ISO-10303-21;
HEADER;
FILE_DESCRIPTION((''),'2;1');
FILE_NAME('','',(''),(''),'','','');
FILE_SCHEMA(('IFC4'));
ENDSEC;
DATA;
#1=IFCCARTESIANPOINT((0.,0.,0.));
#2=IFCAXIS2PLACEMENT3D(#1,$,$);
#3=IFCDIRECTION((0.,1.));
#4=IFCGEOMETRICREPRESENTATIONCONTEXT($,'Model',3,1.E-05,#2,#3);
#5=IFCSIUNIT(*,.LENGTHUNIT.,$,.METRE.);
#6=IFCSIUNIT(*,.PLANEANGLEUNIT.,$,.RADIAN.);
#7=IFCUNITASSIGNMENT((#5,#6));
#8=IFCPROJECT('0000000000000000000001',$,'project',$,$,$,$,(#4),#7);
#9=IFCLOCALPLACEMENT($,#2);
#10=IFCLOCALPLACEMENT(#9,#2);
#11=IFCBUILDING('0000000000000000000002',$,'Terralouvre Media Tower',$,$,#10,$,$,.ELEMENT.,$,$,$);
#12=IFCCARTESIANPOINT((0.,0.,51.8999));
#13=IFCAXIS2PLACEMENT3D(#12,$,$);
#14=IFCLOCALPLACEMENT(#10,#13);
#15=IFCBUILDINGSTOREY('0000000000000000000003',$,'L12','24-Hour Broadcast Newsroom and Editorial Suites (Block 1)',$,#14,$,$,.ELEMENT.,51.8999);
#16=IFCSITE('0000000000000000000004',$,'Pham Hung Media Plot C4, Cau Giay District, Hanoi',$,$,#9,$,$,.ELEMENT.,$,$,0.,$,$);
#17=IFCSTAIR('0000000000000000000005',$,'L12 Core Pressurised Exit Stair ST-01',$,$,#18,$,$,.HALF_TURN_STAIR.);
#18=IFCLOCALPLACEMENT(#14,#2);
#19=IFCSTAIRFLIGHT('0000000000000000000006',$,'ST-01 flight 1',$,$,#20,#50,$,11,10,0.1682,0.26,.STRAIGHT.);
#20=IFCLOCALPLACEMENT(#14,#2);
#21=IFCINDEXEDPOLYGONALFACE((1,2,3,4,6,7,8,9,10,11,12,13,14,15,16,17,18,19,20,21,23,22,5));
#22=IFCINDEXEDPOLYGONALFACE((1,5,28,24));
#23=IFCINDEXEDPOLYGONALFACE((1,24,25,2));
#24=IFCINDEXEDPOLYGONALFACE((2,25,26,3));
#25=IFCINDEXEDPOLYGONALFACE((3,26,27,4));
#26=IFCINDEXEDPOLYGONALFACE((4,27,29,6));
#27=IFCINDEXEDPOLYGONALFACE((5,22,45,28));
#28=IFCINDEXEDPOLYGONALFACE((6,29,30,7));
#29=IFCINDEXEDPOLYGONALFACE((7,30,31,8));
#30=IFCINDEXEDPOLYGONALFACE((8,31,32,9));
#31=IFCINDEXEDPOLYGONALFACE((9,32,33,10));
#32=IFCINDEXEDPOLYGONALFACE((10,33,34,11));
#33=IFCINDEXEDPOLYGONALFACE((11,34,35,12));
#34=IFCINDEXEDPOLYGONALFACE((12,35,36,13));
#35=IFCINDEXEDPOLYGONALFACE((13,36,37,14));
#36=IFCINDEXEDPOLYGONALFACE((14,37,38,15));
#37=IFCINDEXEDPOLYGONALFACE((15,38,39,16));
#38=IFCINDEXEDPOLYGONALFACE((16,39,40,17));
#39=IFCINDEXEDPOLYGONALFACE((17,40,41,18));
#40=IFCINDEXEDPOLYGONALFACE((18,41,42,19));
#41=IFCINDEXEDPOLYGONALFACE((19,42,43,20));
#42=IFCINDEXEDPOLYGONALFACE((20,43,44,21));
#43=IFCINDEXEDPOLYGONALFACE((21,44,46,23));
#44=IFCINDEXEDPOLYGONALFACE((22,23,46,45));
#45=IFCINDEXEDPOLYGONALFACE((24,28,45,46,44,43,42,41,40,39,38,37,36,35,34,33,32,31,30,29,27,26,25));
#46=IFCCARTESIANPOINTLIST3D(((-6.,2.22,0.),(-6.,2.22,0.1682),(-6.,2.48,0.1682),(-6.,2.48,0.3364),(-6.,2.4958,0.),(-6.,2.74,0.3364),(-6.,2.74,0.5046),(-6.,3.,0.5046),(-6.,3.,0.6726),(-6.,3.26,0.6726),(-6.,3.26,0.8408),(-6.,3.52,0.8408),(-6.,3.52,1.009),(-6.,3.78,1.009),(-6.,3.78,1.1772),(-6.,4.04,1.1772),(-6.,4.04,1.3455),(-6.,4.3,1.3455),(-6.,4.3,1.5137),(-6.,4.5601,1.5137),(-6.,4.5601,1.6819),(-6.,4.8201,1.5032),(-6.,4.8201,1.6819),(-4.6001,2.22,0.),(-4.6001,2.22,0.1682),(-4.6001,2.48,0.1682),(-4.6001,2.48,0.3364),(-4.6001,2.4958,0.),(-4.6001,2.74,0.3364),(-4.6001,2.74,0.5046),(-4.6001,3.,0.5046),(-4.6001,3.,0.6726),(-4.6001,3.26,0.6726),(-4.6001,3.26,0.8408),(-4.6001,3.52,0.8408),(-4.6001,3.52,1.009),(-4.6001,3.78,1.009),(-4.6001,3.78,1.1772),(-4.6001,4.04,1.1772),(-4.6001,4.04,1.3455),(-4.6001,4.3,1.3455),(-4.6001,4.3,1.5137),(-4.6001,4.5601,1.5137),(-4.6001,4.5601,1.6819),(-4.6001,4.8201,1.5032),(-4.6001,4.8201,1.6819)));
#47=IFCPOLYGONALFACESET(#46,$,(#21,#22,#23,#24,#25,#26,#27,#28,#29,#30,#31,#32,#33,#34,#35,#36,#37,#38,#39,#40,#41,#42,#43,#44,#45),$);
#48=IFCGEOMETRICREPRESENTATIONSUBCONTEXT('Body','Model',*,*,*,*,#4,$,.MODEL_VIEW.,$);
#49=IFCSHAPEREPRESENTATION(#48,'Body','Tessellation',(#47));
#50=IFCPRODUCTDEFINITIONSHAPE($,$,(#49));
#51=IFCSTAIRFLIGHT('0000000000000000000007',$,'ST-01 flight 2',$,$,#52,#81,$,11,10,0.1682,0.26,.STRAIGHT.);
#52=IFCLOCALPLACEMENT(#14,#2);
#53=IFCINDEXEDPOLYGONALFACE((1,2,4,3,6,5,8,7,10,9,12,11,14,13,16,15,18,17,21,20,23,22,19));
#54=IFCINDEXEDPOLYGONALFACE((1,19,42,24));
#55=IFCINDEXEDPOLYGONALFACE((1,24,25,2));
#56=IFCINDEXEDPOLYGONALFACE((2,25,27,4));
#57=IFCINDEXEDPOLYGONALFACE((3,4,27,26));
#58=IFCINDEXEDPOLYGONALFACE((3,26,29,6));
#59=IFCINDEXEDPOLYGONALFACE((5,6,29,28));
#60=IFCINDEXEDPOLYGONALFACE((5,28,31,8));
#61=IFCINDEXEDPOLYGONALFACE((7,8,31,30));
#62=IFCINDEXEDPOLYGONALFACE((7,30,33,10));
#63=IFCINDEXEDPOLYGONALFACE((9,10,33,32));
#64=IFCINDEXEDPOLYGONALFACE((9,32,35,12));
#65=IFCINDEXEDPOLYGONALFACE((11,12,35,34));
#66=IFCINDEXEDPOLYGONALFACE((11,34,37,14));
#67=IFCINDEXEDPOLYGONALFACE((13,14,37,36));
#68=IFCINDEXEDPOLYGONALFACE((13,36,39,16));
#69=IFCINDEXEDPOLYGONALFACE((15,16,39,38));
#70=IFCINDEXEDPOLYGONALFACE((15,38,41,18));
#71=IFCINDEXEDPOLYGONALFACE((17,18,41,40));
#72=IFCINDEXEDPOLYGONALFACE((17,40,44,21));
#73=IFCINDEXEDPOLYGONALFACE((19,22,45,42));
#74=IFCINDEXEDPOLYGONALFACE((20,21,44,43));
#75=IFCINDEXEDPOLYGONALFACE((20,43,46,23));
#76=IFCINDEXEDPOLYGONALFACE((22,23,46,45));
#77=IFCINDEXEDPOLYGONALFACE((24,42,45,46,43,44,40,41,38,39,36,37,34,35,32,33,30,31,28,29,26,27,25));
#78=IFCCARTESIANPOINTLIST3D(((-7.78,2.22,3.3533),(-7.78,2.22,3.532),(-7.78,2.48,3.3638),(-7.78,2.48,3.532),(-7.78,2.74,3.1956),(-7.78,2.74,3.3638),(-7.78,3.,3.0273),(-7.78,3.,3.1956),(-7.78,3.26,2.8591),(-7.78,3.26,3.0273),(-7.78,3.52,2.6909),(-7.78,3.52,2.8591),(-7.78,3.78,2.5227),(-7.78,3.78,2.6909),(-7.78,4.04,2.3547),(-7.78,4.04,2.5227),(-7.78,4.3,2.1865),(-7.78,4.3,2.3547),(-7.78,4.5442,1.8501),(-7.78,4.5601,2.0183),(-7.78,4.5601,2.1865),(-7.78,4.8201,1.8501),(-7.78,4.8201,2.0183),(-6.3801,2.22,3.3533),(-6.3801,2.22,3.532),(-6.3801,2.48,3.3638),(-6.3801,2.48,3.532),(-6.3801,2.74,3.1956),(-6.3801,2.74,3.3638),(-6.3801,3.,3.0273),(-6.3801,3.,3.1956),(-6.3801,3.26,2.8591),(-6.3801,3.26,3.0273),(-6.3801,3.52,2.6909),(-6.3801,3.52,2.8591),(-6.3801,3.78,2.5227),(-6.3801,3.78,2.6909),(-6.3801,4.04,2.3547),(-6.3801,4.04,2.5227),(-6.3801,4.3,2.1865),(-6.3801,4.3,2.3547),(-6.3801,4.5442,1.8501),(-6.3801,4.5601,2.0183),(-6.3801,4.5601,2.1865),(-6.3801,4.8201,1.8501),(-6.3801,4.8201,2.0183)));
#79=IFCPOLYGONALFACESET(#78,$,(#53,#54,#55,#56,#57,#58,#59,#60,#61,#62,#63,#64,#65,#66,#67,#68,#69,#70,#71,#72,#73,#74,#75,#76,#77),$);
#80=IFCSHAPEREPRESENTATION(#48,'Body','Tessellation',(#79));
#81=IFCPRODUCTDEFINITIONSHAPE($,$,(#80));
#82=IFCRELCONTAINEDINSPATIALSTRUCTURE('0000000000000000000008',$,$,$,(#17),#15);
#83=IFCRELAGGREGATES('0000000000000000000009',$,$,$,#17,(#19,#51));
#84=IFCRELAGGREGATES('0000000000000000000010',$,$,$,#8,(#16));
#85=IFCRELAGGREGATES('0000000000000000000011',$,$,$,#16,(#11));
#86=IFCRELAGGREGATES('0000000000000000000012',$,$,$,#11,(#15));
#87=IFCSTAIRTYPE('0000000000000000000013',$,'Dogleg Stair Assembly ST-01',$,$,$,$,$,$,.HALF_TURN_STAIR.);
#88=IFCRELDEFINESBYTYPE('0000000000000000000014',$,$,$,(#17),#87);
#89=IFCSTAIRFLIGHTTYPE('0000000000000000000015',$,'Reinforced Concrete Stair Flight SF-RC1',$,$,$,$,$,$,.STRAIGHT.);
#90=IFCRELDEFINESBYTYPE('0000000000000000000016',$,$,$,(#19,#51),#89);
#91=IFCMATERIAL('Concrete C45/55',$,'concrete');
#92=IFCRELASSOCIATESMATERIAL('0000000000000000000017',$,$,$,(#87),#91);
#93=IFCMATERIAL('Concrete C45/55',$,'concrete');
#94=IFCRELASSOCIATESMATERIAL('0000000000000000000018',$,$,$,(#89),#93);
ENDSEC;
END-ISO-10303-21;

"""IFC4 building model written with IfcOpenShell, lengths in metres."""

from ifc_helpers import new_model, si_unit, direction, frame, origin, place, context, subcontext, project, spatial, polyline, outline, extrude, material, type_object, element, aggregate, save


model = new_model("IFC4")

# Units and contexts
model_context = context("Model", 3, precision=1e-05, world=origin(), true_north=direction((0.0, 1.0)))
body_context = subcontext(model_context, "Body", "Model", "MODEL_VIEW")
ifc_project = project(units=[si_unit("LENGTHUNIT", "METRE"), si_unit("PLANEANGLEUNIT", "RADIAN")], contexts=[model_context])

# Site, building, storey
site_placement = place(None, origin())
site = spatial("IfcSite", under=ifc_project, at=site_placement, Name="Pham Hung Media Plot C4, Cau Giay District, Hanoi", CompositionType="ELEMENT", RefElevation=0.0)
building_placement = place(site_placement, origin())
building = spatial("IfcBuilding", under=site, at=building_placement, Name="Terralouvre Media Tower", CompositionType="ELEMENT")
storey_placement = place(building_placement, frame((0.0, 0.0, 51.8999)))
storey = spatial("IfcBuildingStorey", under=building, at=storey_placement, Name="L12", Description="24-Hour Broadcast Newsroom and Editorial Suites (Block 1)", CompositionType="ELEMENT", Elevation=51.8999)

# Stair, stair flights
ifc_material_1 = material(Name="Concrete C45/55", Category="concrete")
stair_type = type_object("IfcStairType", Name="Dogleg Stair Assembly ST-01", PredefinedType="HALF_TURN_STAIR", material=ifc_material_1)
stair_placement = place(storey_placement, origin())
stair = element("IfcStair", 1, at=stair_placement, inside=storey, type_object=stair_type, Name="L12 Core Pressurised Exit Stair ST-01", PredefinedType="HALF_TURN_STAIR")
ifc_material_2 = material(Name="Concrete C45/55", Category="concrete")
stair_flight_type = type_object("IfcStairFlightType", Name="Reinforced Concrete Stair Flight SF-RC1", PredefinedType="STRAIGHT", material=ifc_material_2)
stair_flight_1_placement = place(storey_placement, frame((-5.3, 2.22, 0.0), z_axis=(0.0, 0.0, 1.0), x_axis=(0.0, 1.0, 0.0)))
stair_flight_1 = element("IfcStairFlight", 2, at=stair_flight_1_placement, type_object=stair_flight_type, Name="ST-01 flight 1", NumberOfRisers=11, NumberOfTreads=10, PredefinedType="STRAIGHT", RiserHeight=0.1682, TreadLength=0.26, context=body_context, shape_type="SweptSolid", body=[
    extrude(outline(polyline([(0.0, 0.0), (0.0, 0.1682), (0.26, 0.1682), (0.26, 0.3364), (0.52, 0.3364), (0.52, 0.5046), (0.78, 0.5046), (0.78, 0.6726), (1.04, 0.6726), (1.04, 0.8408), (1.3, 0.8408), (1.3, 1.009), (1.5601, 1.009), (1.5601, 1.1772), (1.8201, 1.1772), (1.8201, 1.3455), (2.0801, 1.3455), (2.0801, 1.5137), (2.3401, 1.5137), (2.3401, 1.6819), (2.6001, 1.6819), (2.6001, 1.8501), (2.6001, 1.5032), (0.2759, 0.0), (0.0, 0.0)])), frame((0.0, 0.7, 0.0), z_axis=(0.0, -1.0, 0.0), x_axis=(1.0, 0.0, 0.0)), (0.0, 0.0, 1.0), 1.3999),
])
stair_flight_2_placement = place(storey_placement, frame((-7.0801, 4.8201, 1.8501), z_axis=(0.0, 0.0, 1.0), x_axis=(0.0, -1.0, 0.0)))
stair_flight_2 = element("IfcStairFlight", 3, at=stair_flight_2_placement, type_object=stair_flight_type, Name="ST-01 flight 2", NumberOfRisers=11, NumberOfTreads=10, PredefinedType="STRAIGHT", RiserHeight=0.1682, TreadLength=0.26, context=body_context, shape_type="SweptSolid", body=[
    extrude(outline(polyline([(0.0, 0.0), (0.0, 0.1682), (0.26, 0.1682), (0.26, 0.3364), (0.52, 0.3364), (0.52, 0.5046), (0.78, 0.5046), (0.78, 0.6726), (1.04, 0.6726), (1.04, 0.8408), (1.3, 0.8408), (1.3, 1.009), (1.5601, 1.009), (1.5601, 1.1772), (1.8201, 1.1772), (1.8201, 1.3455), (2.0801, 1.3455), (2.0801, 1.5137), (2.3401, 1.5137), (2.3401, 1.6819), (2.6001, 1.6819), (2.6001, 1.8501), (2.6001, 1.5032), (0.2759, 0.0), (0.0, 0.0)])), frame((0.0, 0.7, 0.0), z_axis=(0.0, -1.0, 0.0), x_axis=(1.0, 0.0, 0.0)), (0.0, 0.0, 1.0), 1.3999),
])
aggregate(stair, [stair_flight_1, stair_flight_2])

save(model, "model.ifc")
